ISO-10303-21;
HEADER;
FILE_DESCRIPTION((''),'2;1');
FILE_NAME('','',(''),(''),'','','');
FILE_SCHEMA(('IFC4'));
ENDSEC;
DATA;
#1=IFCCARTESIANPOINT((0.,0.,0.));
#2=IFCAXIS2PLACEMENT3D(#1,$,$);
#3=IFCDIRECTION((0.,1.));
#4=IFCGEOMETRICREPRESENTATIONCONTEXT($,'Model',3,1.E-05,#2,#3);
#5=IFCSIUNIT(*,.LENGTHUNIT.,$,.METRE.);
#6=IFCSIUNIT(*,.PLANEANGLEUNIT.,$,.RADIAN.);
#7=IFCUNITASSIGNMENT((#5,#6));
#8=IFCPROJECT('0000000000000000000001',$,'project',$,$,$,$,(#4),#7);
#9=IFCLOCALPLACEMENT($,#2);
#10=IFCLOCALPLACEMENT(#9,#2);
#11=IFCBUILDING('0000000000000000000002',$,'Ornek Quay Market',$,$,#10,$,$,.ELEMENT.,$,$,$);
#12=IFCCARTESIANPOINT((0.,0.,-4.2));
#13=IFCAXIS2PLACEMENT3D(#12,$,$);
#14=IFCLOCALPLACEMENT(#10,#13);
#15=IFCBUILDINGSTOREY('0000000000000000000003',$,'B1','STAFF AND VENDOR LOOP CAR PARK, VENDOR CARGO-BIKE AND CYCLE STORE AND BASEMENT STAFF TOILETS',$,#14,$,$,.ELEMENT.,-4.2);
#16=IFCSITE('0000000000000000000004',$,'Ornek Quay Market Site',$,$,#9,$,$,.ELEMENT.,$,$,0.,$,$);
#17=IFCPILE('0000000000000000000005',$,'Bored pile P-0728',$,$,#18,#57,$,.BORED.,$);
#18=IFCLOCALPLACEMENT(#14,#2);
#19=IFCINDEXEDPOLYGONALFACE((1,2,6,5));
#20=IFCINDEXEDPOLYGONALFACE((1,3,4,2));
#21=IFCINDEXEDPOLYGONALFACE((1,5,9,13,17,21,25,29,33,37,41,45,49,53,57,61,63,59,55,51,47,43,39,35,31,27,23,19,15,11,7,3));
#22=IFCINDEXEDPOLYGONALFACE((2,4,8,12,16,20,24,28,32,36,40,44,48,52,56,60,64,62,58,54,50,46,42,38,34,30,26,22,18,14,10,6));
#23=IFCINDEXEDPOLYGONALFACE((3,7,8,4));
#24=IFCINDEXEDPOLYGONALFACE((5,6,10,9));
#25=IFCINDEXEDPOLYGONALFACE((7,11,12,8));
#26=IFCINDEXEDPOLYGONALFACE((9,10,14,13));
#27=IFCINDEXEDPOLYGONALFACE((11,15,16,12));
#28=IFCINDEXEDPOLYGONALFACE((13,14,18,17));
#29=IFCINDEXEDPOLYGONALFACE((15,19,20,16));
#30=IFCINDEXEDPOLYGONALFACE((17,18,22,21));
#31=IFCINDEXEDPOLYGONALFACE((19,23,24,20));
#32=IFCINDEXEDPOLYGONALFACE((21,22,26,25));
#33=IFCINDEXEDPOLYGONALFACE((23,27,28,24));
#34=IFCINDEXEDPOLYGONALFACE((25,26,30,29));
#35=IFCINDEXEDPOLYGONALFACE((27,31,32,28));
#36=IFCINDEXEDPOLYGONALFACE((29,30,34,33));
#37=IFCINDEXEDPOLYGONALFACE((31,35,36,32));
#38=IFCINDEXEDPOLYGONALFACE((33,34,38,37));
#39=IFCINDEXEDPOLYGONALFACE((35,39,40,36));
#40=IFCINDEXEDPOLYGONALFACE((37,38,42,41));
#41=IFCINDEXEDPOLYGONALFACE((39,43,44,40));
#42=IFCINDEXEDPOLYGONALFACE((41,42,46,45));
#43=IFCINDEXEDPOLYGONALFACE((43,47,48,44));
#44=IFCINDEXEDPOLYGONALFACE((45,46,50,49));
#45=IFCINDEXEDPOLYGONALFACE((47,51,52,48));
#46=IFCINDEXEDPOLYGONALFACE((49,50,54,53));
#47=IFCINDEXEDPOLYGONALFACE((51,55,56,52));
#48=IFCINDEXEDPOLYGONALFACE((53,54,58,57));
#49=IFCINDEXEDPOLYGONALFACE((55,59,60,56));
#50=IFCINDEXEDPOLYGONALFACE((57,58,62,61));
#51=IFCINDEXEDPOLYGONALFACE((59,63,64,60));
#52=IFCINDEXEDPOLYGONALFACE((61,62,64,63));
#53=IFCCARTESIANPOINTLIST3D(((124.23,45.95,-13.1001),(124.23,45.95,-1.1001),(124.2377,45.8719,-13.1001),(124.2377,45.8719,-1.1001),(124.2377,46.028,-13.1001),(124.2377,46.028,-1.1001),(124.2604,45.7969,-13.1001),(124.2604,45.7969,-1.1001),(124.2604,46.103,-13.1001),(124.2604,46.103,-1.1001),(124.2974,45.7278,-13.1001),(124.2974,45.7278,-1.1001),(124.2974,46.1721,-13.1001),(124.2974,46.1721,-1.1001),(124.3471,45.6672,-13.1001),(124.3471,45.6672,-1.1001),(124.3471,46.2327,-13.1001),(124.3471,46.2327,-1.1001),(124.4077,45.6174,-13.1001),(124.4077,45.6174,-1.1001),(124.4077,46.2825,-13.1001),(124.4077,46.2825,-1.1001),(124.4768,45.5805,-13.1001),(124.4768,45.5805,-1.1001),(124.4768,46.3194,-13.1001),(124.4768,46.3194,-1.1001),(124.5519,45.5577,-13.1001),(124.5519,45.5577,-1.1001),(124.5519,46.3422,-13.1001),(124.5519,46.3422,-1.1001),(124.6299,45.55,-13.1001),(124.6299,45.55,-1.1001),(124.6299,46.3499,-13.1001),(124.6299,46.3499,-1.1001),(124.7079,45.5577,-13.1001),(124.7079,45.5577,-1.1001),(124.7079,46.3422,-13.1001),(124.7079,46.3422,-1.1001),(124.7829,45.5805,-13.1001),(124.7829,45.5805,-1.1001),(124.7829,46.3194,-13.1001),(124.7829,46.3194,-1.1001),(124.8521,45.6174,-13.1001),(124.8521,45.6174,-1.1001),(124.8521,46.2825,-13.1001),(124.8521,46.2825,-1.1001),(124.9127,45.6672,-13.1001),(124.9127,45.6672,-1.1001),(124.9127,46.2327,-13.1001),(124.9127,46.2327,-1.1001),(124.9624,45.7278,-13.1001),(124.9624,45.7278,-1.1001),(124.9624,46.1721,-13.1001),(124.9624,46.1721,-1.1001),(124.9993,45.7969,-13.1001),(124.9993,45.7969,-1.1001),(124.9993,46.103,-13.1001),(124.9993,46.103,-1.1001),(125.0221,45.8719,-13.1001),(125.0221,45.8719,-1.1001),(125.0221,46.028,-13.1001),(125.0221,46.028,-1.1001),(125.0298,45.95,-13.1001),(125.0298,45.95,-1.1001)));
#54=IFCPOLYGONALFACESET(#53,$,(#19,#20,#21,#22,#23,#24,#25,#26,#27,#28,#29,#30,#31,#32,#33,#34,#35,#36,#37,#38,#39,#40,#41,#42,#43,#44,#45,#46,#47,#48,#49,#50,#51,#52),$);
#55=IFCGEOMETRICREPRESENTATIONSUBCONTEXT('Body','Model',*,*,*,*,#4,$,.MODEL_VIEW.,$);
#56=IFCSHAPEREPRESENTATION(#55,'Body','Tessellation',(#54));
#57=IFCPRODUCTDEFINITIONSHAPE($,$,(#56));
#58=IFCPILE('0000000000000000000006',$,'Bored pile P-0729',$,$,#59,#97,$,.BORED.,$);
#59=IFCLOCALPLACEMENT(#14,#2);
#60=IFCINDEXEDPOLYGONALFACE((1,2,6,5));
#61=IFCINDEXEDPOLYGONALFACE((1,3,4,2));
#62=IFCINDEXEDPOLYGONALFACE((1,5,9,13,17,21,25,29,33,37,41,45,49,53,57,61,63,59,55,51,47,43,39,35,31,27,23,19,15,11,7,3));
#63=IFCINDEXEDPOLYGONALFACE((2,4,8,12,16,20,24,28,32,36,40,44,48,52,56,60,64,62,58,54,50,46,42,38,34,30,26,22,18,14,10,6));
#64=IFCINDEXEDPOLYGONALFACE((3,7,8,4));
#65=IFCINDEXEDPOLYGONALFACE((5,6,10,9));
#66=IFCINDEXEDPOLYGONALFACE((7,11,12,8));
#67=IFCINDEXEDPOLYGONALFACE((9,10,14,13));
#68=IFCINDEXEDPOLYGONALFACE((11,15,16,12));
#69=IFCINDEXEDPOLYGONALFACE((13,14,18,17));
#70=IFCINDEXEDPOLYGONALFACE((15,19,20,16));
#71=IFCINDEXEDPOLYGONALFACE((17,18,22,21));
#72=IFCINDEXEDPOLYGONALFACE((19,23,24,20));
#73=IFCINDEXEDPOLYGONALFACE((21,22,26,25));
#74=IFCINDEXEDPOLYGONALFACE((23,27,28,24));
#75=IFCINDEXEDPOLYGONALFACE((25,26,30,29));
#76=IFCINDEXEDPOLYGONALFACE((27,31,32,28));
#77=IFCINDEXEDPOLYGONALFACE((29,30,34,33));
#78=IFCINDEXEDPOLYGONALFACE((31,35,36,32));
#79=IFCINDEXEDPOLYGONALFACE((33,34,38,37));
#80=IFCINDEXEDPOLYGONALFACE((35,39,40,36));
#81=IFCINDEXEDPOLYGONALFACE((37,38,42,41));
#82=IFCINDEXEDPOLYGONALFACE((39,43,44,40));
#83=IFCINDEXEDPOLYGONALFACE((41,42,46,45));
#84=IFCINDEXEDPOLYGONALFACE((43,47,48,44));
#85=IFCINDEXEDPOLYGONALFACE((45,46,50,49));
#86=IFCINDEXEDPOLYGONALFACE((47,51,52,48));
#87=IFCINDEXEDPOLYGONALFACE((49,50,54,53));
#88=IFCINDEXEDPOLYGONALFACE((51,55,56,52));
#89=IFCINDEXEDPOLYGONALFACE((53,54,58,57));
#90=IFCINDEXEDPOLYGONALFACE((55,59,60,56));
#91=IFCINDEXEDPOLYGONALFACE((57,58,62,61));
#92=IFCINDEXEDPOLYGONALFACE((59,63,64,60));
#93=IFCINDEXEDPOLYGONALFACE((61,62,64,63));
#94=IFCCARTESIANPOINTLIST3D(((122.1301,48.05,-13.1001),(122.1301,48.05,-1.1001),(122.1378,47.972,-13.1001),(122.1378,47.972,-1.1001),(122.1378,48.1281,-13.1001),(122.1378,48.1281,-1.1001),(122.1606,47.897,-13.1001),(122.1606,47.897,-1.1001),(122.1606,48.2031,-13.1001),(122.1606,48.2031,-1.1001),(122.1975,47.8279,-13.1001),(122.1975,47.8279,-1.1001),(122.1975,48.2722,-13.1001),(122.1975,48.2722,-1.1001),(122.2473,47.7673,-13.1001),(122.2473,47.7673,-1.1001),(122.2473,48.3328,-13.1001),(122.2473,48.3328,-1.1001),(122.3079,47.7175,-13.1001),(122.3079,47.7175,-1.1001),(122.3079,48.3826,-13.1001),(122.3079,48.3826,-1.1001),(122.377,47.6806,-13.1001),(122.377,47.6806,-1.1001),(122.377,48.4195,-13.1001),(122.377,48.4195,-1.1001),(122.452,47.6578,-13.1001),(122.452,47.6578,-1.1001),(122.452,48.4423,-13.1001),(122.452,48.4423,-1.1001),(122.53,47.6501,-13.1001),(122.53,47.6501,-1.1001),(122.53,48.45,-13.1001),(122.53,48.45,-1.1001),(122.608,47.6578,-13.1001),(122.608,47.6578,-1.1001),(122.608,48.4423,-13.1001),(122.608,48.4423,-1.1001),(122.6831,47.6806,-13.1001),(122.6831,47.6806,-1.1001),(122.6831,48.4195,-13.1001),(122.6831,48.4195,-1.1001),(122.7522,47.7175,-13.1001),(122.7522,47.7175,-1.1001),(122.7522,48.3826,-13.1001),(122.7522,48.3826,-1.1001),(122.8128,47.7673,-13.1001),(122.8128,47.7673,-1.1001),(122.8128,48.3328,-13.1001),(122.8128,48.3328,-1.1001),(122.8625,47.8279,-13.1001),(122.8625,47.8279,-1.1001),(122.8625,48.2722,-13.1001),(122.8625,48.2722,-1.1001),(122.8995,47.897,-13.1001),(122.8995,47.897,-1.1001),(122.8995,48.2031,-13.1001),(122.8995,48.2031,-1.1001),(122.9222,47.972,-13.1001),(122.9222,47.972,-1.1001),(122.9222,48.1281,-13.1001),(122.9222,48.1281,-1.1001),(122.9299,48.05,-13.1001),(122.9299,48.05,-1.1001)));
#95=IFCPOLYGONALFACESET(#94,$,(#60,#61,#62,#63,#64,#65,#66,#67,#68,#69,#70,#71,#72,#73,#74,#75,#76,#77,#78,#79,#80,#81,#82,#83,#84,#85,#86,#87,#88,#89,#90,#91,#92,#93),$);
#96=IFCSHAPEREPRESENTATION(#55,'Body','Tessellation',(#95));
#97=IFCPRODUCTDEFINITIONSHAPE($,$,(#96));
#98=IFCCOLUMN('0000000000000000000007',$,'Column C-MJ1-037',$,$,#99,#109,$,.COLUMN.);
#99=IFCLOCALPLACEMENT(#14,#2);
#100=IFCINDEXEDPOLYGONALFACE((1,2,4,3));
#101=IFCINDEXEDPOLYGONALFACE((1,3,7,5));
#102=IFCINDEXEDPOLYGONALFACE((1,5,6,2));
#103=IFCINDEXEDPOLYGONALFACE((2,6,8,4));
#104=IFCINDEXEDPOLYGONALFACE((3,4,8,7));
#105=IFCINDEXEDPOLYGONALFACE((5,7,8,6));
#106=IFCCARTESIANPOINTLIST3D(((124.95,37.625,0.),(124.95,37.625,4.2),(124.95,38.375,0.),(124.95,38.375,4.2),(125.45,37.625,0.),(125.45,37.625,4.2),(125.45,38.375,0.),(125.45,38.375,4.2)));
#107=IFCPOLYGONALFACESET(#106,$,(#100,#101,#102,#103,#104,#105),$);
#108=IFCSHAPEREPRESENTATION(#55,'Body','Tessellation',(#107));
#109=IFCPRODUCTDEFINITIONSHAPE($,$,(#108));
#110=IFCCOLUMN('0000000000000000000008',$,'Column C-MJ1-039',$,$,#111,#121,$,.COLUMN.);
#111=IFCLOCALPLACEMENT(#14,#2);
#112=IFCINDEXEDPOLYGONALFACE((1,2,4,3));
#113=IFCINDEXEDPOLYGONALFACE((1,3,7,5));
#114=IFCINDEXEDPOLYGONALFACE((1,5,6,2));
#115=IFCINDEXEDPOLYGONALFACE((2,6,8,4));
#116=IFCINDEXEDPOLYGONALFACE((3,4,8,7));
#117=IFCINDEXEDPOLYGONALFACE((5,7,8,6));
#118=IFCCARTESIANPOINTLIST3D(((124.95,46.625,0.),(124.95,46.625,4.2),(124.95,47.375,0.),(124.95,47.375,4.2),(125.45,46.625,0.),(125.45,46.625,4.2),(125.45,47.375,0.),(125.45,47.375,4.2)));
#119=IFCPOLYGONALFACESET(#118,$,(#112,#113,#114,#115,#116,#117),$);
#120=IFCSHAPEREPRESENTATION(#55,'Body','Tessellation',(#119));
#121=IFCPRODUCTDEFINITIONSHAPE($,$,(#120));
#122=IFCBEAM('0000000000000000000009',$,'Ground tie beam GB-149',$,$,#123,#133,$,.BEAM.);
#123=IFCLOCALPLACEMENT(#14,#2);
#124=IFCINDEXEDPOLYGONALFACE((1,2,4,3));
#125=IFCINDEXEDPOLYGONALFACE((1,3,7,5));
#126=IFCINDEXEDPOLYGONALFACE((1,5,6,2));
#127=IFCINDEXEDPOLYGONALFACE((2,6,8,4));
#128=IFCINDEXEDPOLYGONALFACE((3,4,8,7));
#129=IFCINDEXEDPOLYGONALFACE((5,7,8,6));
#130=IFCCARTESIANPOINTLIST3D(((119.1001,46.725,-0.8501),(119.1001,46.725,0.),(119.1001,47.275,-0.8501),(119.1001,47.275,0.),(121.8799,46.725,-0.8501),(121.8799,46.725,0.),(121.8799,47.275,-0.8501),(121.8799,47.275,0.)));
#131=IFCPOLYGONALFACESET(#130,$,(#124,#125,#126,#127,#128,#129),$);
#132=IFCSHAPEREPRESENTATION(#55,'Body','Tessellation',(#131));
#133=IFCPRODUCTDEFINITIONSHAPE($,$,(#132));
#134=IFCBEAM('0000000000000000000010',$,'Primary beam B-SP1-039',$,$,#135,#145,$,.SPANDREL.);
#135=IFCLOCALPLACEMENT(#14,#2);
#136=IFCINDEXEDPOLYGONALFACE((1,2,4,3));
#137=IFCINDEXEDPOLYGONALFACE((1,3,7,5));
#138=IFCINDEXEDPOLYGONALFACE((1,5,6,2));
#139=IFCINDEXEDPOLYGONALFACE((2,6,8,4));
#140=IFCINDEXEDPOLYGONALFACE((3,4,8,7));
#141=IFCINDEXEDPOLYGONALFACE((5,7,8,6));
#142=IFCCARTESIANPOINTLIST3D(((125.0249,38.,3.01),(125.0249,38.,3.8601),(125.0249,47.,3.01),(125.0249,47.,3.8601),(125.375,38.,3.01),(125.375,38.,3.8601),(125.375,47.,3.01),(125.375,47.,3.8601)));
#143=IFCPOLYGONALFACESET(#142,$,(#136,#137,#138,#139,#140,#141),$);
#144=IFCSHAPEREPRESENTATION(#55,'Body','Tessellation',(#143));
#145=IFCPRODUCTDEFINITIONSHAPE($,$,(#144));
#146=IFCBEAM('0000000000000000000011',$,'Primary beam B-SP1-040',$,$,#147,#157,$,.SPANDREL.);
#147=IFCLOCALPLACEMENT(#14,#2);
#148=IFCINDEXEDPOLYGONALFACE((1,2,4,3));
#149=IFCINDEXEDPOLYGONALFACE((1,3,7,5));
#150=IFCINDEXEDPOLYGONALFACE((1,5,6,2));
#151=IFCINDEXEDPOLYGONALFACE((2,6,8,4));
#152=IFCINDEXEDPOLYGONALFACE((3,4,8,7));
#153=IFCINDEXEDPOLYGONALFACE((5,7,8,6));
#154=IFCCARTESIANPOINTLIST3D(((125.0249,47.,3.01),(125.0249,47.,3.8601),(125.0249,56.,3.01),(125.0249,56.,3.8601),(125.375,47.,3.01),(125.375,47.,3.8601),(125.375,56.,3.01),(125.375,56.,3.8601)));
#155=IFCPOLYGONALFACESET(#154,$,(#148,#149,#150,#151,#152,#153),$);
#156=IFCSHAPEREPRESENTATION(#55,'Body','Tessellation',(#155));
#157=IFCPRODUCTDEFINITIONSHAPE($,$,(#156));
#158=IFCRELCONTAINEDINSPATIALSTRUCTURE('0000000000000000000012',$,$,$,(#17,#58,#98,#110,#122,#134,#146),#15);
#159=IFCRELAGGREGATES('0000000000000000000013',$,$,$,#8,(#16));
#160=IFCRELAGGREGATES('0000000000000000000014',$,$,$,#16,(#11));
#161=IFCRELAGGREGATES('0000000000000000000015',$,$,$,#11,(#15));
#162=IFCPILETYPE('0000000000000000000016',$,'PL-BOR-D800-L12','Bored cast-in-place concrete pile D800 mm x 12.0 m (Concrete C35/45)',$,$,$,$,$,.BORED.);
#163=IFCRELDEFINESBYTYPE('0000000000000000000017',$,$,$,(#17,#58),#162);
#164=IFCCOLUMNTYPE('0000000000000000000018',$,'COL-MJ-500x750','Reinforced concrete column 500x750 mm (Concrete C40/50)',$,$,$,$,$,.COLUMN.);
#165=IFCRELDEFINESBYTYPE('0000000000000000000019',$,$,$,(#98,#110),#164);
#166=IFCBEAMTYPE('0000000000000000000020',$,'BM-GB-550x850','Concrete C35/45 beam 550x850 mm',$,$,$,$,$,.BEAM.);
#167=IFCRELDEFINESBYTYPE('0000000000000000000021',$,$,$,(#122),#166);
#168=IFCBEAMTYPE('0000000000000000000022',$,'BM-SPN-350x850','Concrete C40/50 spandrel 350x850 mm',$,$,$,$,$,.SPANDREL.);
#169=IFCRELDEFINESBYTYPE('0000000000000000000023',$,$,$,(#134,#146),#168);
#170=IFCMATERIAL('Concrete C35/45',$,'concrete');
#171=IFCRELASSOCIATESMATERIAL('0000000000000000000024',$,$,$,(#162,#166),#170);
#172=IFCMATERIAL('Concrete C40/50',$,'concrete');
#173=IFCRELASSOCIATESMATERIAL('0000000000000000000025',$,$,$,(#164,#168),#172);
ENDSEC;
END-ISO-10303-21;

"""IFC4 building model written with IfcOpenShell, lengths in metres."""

from ifc_helpers import new_model, si_unit, direction, frame, origin, origin_2d, place, context, subcontext, project, spatial, rectangle, circle, extrude, material, material_profile, profile_set, type_object, element, save


model = new_model("IFC4")

# Units and contexts
model_context = context("Model", 3, precision=1e-05, world=origin(), true_north=direction((0.0, 1.0)))
body_context = subcontext(model_context, "Body", "Model", "MODEL_VIEW")
ifc_project = project(units=[si_unit("LENGTHUNIT", "METRE"), si_unit("PLANEANGLEUNIT", "RADIAN")], contexts=[model_context])

# Site, building, storey
site_placement = place(None, origin())
site = spatial("IfcSite", under=ifc_project, at=site_placement, Name="Ornek Quay Market Site", CompositionType="ELEMENT", RefElevation=0.0)
building_placement = place(site_placement, origin())
building = spatial("IfcBuilding", under=site, at=building_placement, Name="Ornek Quay Market", CompositionType="ELEMENT")
storey_placement = place(building_placement, frame((0.0, 0.0, -4.2)))
storey = spatial("IfcBuildingStorey", under=building, at=storey_placement, Name="B1", Description="STAFF AND VENDOR LOOP CAR PARK, VENDOR CARGO-BIKE AND CYCLE STORE AND BASEMENT STAFF TOILETS", CompositionType="ELEMENT", Elevation=-4.2)

# Piles
ifc_material_1 = material(Name="Concrete C35/45", Category="concrete")
ifc_material_profile_1 = material_profile(ifc_material_1, circle(Radius=0.3999, at=origin_2d()), Name="PILE D800", Category="concrete")
ifc_profile_set_1 = profile_set([ifc_material_profile_1], Name="Concrete C35/45")
pile_type_1 = type_object("IfcPileType", Name="PL-BOR-D800-L12", Description="Bored cast-in-place concrete pile D800 mm x 12.0 m (Concrete C35/45)", PredefinedType="BORED", material=ifc_profile_set_1)
for number, where, z_axis, x_axis, name in (
    (1, (124.6299, 45.95, -1.1001), (0.0, 0.0, -1.0), (1.0, 0.0, 0.0), "Bored pile P-0728"),
    (2, (122.53, 48.05, -1.1001), (0.0, 0.0, -1.0), (1.0, 0.0, 0.0), "Bored pile P-0729"),
):
    element("IfcPile", number, at=place(storey_placement, frame(where, z_axis=z_axis, x_axis=x_axis)), inside=storey, type_object=pile_type_1, Name=name, PredefinedType="BORED", context=body_context, shape_type="SweptSolid", body=[
        extrude(circle(Radius=0.3999, at=origin_2d()), origin(), (0.0, 0.0, 1.0), 12.0),
    ])

# Columns
ifc_material_2 = material(Name="Concrete C40/50", Category="concrete")
ifc_material_profile_2 = material_profile(ifc_material_2, rectangle(XDim=0.5, YDim=0.75, at=origin_2d()), Name="RC 500x750", Category="concrete")
ifc_profile_set_2 = profile_set([ifc_material_profile_2], Name="Concrete C40/50")
column_type = type_object("IfcColumnType", Name="COL-MJ-500x750", Description="Reinforced concrete column 500x750 mm (Concrete C40/50)", PredefinedType="COLUMN", material=ifc_profile_set_2)
for number, where, z_axis, x_axis, name in (
    (3, (125.2, 38.0, 0.0), (0.0, 0.0, 1.0), (1.0, 0.0, 0.0), "Column C-MJ1-037"),
    (4, (125.2, 47.0, 0.0), (0.0, 0.0, 1.0), (1.0, 0.0, 0.0), "Column C-MJ1-039"),
):
    element("IfcColumn", number, at=place(storey_placement, frame(where, z_axis=z_axis, x_axis=x_axis)), inside=storey, type_object=column_type, Name=name, PredefinedType="COLUMN", context=body_context, shape_type="SweptSolid", body=[
        extrude(rectangle(XDim=0.5, YDim=0.75, at=origin_2d()), origin(), (0.0, 0.0, 1.0), 4.2),
    ])

# Beams
ifc_material_profile_3 = material_profile(ifc_material_1, rectangle(XDim=0.55, YDim=0.8501, at=origin_2d()), Name="RC 550x850", Category="concrete")
ifc_profile_set_3 = profile_set([ifc_material_profile_3], Name="Concrete C35/45")
beam_type_1 = type_object("IfcBeamType", Name="BM-GB-550x850", Description="Concrete C35/45 beam 550x850 mm", PredefinedType="BEAM", material=ifc_profile_set_3)
beam_placement = place(storey_placement, frame((119.1001, 47.0, -0.425), z_axis=(1.0, 0.0, 0.0), x_axis=(0.0, 1.0, 0.0)))
element("IfcBeam", 5, at=beam_placement, inside=storey, type_object=beam_type_1, Name="Ground tie beam GB-149", PredefinedType="BEAM", context=body_context, shape_type="SweptSolid", body=[
    extrude(rectangle(XDim=0.55, YDim=0.8501, at=origin_2d()), origin(), (0.0, 0.0, 1.0), 2.7798),
])
ifc_material_profile_4 = material_profile(ifc_material_2, rectangle(XDim=0.3501, YDim=0.8501, at=origin_2d()), Name="RC 350x850", Category="concrete")
ifc_profile_set_4 = profile_set([ifc_material_profile_4], Name="Concrete C40/50")
beam_type_2 = type_object("IfcBeamType", Name="BM-SPN-350x850", Description="Concrete C40/50 spandrel 350x850 mm", PredefinedType="SPANDREL", material=ifc_profile_set_4)
for number, where, z_axis, x_axis, name in (
    (6, (125.2, 38.0, 3.4351), (0.0, 1.0, 0.0), (-1.0, 0.0, 0.0), "Primary beam B-SP1-039"),
    (7, (125.2, 47.0, 3.4351), (0.0, 1.0, 0.0), (-1.0, 0.0, 0.0), "Primary beam B-SP1-040"),
):
    element("IfcBeam", number, at=place(storey_placement, frame(where, z_axis=z_axis, x_axis=x_axis)), inside=storey, type_object=beam_type_2, Name=name, PredefinedType="SPANDREL", context=body_context, shape_type="SweptSolid", body=[
        extrude(rectangle(XDim=0.3501, YDim=0.8501, at=origin_2d()), origin(), (0.0, 0.0, 1.0), 9.0),
    ])

save(model, "model.ifc")
